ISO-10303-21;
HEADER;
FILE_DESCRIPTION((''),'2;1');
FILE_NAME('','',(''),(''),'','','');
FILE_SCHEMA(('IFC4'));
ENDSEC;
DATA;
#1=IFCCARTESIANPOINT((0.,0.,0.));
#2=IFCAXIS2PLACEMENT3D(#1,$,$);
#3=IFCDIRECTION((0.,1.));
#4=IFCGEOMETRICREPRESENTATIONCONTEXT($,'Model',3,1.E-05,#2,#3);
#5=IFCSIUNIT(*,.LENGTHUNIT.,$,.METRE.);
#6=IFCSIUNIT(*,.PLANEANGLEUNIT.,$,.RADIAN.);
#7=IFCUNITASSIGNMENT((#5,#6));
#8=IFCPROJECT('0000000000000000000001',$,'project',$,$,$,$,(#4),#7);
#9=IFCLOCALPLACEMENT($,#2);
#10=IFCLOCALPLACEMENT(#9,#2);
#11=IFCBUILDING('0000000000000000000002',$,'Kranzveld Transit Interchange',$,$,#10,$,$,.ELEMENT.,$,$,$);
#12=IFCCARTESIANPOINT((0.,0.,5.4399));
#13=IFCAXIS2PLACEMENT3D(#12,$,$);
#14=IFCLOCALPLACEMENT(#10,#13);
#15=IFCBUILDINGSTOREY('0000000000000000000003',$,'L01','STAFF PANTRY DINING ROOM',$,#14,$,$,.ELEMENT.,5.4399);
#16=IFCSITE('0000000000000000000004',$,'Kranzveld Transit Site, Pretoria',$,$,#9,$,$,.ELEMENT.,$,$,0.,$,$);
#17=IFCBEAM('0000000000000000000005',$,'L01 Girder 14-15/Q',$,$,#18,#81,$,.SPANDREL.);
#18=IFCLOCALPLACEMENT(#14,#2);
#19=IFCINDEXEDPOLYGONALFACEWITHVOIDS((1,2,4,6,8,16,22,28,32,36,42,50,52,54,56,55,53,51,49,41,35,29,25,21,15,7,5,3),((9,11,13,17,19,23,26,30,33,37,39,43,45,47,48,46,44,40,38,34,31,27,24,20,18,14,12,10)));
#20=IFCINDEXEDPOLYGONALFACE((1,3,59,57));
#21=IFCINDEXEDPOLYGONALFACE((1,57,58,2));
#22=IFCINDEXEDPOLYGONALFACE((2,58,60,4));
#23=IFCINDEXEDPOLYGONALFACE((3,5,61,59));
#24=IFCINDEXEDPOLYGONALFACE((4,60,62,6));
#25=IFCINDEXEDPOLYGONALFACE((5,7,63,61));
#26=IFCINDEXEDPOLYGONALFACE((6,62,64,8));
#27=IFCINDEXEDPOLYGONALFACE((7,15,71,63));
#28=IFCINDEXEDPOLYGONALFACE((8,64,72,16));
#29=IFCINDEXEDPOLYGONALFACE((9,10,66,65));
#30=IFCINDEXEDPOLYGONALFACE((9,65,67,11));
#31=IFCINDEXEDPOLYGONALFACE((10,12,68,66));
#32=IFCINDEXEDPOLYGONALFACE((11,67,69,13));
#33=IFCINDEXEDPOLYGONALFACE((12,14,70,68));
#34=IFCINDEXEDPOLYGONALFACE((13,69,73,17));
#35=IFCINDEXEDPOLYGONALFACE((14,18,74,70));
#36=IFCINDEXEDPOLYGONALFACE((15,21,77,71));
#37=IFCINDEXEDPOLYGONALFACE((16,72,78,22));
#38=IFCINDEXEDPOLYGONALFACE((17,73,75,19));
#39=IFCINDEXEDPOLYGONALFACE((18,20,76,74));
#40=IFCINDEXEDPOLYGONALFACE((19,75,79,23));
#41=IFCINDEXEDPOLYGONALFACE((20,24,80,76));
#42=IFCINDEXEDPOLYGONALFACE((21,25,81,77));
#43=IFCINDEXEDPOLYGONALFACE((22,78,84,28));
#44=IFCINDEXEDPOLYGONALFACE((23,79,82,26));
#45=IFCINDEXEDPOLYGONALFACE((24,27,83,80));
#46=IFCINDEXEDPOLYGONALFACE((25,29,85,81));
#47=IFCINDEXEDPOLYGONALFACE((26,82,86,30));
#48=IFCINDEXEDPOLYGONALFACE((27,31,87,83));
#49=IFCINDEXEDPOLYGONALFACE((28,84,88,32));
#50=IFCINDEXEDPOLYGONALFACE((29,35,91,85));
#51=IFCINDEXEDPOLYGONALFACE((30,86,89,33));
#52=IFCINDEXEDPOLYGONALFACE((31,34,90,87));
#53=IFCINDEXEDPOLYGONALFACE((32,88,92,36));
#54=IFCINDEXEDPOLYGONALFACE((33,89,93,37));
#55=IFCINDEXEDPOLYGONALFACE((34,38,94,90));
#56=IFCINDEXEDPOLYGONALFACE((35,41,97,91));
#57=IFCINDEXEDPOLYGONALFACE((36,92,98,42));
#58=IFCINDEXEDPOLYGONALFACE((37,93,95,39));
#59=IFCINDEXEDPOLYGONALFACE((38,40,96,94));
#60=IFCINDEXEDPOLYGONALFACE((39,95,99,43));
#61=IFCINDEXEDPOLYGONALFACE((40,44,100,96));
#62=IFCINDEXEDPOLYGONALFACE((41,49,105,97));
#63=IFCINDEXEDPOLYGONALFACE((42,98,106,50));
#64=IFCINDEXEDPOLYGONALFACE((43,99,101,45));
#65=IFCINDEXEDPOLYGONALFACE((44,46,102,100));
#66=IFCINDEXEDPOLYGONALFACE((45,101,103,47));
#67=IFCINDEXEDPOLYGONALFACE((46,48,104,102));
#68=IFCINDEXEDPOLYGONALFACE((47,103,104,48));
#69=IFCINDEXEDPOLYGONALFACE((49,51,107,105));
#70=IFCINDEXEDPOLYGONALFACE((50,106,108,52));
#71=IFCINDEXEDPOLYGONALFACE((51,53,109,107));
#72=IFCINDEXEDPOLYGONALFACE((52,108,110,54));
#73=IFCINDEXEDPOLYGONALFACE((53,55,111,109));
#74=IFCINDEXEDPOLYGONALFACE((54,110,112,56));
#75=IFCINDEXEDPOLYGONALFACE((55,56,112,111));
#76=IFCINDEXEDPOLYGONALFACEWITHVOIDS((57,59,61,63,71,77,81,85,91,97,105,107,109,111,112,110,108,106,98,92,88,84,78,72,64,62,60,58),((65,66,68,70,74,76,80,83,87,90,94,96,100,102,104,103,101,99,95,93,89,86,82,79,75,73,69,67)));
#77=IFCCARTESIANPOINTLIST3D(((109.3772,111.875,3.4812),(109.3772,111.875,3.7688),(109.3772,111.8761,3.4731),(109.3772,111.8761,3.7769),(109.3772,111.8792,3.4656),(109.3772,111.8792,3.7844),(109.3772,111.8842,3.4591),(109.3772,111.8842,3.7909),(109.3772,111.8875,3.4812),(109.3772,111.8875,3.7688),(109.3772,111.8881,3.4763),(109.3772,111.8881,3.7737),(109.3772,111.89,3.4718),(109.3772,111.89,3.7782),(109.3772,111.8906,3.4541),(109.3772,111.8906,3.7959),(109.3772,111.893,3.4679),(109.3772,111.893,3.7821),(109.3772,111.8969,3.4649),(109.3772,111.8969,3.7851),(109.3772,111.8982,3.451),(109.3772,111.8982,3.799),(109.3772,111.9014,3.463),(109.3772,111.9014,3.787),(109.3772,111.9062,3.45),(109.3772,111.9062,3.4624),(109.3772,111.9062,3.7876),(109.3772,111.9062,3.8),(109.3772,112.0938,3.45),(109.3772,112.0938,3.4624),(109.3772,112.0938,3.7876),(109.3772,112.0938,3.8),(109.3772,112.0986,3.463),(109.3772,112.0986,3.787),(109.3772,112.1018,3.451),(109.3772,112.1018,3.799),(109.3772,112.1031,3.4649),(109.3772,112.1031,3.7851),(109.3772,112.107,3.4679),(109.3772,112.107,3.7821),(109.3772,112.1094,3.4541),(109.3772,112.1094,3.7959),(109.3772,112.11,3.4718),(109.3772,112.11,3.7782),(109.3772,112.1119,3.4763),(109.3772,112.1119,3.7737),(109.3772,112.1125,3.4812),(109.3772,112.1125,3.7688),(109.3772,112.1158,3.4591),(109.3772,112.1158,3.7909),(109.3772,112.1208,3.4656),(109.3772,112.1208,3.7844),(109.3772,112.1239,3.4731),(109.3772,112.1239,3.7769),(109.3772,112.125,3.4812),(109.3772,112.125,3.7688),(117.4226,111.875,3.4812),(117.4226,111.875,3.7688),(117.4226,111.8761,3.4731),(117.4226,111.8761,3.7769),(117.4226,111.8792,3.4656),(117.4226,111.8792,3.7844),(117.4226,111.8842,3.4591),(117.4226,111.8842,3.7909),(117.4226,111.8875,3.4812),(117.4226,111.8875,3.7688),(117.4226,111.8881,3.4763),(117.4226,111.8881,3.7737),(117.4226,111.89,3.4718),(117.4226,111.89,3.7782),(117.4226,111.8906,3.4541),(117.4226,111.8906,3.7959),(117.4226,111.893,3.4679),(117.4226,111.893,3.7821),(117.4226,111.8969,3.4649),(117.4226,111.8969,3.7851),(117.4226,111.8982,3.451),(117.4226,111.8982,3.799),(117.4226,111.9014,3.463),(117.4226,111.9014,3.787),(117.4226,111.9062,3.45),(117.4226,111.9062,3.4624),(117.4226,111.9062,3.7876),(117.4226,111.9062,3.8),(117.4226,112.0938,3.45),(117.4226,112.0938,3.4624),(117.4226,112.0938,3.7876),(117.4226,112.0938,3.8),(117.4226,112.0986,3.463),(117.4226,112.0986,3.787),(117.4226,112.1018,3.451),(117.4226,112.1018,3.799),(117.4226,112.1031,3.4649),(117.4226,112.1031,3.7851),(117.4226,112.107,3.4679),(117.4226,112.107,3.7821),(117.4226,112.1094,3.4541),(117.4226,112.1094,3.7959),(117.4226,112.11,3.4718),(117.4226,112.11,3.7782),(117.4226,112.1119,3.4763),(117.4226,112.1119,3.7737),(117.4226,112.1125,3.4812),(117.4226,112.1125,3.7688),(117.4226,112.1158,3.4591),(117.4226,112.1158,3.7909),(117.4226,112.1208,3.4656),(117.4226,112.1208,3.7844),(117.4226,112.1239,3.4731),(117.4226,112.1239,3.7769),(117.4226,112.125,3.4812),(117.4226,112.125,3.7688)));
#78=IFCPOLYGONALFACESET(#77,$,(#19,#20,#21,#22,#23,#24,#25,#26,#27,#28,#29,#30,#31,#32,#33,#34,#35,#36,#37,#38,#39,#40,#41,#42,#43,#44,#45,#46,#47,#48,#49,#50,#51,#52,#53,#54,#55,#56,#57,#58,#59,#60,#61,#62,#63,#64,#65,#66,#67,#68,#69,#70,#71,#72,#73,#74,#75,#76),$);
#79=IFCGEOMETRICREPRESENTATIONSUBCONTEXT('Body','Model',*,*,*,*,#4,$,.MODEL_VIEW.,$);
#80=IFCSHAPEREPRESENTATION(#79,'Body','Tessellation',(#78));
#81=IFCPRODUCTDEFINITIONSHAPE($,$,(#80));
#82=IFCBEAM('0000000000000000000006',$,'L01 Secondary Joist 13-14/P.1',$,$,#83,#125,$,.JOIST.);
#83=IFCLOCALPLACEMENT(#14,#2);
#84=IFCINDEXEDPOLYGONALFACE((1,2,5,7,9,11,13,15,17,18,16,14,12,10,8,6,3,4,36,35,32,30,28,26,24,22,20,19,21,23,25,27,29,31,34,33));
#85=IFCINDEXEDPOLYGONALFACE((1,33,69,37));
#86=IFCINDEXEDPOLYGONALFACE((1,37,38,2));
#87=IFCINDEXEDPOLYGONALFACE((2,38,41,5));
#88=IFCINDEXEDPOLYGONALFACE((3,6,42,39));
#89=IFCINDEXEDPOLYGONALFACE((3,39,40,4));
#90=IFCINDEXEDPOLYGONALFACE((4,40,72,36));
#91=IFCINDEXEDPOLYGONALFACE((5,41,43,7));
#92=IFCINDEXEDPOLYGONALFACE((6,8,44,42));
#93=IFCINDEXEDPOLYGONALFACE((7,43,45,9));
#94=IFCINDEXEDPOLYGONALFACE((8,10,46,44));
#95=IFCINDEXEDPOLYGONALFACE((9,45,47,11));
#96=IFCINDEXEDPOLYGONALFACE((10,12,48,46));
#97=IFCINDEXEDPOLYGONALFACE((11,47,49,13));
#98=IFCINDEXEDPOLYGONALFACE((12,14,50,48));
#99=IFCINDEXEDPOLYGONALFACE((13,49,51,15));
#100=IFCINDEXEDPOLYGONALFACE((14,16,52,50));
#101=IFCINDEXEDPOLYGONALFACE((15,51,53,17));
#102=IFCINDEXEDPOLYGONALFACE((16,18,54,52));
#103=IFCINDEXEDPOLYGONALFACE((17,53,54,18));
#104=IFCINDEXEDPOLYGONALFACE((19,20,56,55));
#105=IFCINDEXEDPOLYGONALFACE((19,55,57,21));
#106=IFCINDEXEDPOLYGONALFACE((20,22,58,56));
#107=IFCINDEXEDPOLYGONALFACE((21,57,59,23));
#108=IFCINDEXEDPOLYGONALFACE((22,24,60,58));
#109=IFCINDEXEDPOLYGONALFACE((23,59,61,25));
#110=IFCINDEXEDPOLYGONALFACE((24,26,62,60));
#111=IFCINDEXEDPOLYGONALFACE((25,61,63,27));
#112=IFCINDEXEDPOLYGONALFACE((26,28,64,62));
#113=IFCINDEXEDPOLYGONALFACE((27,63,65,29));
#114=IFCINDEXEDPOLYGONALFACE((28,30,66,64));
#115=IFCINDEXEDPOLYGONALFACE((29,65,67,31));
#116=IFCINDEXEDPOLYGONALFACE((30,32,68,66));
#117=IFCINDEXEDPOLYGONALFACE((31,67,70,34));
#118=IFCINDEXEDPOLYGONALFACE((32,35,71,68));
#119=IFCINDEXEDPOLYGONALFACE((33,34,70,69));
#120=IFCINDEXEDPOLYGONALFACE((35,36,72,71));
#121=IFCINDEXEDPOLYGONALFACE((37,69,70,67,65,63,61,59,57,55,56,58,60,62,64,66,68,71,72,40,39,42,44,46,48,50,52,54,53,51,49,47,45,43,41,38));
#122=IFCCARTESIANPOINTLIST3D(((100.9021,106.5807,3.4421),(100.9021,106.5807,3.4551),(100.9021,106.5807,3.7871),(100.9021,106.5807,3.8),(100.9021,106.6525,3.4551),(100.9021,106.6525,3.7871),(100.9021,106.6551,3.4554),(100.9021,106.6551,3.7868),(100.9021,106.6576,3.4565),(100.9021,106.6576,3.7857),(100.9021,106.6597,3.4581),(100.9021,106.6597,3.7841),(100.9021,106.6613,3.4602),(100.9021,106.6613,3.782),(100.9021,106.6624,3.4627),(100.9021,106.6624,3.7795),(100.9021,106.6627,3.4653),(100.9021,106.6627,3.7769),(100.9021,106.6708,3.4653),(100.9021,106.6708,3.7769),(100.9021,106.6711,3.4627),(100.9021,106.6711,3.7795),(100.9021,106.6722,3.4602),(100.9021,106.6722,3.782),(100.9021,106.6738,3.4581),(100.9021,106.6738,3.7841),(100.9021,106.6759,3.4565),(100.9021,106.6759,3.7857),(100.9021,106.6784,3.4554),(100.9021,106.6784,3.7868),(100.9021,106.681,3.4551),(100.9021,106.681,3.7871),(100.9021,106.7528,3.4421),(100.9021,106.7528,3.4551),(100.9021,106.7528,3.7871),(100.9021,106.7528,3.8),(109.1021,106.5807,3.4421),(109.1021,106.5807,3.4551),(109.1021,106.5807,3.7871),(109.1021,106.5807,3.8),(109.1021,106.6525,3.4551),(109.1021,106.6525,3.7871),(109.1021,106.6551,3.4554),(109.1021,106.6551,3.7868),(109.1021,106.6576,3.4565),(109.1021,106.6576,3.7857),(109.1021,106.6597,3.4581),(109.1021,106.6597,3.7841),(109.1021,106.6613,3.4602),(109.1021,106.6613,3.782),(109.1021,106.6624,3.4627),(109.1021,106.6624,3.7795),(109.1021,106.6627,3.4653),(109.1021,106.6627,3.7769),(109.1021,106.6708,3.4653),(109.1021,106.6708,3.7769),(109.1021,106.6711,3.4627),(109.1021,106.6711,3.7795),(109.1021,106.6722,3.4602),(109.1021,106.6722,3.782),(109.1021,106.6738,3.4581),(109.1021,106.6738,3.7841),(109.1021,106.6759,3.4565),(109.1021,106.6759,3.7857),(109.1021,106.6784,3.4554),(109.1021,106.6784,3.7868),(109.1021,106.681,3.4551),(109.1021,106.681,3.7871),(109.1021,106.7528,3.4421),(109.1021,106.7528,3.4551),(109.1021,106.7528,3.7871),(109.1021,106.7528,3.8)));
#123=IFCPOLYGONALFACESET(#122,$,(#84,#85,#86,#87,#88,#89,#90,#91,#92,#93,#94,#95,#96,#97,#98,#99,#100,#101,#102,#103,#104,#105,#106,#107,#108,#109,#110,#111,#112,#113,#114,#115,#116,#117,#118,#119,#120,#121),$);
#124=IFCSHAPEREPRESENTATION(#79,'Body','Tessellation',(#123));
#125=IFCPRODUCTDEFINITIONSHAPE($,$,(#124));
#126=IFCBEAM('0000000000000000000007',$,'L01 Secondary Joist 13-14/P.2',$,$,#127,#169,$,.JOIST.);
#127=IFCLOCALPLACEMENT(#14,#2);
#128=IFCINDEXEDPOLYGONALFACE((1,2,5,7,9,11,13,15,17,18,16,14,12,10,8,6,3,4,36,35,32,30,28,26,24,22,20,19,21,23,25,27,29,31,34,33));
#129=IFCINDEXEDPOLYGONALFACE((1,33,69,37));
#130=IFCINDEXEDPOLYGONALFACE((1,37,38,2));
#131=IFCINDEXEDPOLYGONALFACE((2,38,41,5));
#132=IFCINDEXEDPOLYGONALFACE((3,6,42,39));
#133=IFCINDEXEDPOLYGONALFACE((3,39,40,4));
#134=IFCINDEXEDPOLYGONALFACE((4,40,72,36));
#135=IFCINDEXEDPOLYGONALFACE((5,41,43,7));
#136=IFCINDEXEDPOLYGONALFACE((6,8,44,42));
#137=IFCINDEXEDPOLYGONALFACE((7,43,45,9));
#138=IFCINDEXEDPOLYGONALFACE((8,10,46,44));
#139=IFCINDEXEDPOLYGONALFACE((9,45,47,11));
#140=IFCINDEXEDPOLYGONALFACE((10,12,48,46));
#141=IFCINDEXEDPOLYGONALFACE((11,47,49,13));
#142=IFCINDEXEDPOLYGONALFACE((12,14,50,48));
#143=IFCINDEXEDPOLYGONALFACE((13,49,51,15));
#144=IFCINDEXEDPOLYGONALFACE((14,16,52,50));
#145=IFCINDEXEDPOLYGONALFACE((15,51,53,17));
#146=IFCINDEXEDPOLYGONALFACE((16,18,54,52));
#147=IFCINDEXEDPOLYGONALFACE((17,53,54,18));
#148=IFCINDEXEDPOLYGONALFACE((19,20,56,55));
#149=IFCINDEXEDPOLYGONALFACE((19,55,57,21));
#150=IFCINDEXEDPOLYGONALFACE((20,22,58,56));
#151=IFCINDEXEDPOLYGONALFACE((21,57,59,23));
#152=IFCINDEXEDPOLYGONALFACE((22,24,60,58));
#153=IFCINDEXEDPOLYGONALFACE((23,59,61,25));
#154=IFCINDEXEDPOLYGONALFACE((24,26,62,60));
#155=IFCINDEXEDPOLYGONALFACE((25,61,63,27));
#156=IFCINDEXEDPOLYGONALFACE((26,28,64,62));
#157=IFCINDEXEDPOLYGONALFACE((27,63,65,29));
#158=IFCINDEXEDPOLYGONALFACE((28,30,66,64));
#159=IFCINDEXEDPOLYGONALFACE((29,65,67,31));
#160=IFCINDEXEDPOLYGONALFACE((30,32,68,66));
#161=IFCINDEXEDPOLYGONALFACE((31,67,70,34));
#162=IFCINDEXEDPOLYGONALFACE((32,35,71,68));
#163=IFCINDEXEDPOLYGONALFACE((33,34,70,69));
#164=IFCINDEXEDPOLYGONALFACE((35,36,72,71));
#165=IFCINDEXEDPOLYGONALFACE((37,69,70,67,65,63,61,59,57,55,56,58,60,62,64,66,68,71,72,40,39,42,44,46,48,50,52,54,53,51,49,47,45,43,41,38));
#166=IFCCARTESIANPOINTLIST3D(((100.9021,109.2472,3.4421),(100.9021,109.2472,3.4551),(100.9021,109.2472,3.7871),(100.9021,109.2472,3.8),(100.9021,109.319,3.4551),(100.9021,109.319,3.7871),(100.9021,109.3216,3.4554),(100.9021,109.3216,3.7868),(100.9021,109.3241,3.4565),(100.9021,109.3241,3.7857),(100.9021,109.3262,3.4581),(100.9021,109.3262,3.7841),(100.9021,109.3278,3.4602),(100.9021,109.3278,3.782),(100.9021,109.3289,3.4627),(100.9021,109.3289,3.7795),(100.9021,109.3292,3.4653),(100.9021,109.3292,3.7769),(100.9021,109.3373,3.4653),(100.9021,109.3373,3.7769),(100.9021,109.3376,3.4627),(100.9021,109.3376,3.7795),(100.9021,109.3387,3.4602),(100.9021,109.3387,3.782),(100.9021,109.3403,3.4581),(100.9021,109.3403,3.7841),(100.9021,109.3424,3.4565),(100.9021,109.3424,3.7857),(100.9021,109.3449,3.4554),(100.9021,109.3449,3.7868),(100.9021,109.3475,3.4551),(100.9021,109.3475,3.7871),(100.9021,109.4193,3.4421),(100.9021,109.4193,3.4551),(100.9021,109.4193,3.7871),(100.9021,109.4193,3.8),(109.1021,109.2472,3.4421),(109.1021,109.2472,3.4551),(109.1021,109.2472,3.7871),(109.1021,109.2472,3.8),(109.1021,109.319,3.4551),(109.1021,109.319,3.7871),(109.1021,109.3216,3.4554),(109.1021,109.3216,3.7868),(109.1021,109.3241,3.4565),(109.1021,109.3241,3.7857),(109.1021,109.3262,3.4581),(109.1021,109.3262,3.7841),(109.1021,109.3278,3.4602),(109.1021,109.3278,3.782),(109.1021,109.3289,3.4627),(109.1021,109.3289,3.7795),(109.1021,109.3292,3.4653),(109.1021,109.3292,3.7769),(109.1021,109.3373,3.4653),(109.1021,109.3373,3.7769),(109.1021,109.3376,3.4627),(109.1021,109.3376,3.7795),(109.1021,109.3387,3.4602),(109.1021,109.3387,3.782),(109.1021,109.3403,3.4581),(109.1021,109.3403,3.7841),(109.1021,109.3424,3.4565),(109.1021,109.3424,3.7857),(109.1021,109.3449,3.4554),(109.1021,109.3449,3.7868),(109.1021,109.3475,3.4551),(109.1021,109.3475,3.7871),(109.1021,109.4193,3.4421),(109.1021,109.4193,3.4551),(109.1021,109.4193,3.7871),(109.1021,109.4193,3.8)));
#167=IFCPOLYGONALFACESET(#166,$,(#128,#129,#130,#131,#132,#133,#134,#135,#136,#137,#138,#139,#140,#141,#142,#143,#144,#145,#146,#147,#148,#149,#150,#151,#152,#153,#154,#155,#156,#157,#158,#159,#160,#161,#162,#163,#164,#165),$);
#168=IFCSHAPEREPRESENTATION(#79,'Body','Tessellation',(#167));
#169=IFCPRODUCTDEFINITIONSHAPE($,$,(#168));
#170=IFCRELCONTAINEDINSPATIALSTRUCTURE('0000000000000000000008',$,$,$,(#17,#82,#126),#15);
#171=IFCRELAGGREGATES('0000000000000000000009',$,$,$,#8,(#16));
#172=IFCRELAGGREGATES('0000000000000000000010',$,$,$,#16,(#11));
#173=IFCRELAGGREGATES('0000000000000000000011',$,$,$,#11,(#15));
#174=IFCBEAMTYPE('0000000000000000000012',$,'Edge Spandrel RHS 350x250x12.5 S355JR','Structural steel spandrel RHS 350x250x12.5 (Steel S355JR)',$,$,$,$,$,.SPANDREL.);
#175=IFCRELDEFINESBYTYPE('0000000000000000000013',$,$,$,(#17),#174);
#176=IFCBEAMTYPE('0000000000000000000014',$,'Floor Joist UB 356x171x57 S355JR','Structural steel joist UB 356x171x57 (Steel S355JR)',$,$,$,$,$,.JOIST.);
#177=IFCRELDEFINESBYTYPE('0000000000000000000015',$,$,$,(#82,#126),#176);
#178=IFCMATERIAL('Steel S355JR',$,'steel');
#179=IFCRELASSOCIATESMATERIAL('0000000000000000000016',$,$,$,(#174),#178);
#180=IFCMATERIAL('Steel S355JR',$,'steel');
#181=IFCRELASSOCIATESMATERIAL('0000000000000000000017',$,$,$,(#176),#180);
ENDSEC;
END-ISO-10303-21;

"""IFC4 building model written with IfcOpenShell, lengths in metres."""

from ifc_helpers import new_model, si_unit, direction, frame, origin, origin_2d, place, context, subcontext, project, spatial, hollow_rectangle, i_section, extrude, material, material_profile, profile_set, type_object, element, save


model = new_model("IFC4")

# Units and contexts
model_context = context("Model", 3, precision=1e-05, world=origin(), true_north=direction((0.0, 1.0)))
body_context = subcontext(model_context, "Body", "Model", "MODEL_VIEW")
ifc_project = project(units=[si_unit("LENGTHUNIT", "METRE"), si_unit("PLANEANGLEUNIT", "RADIAN")], contexts=[model_context])

# Site, building, storey
site_placement = place(None, origin())
site = spatial("IfcSite", under=ifc_project, at=site_placement, Name="Kranzveld Transit Site, Pretoria", CompositionType="ELEMENT", RefElevation=0.0)
building_placement = place(site_placement, origin())
building = spatial("IfcBuilding", under=site, at=building_placement, Name="Kranzveld Transit Interchange", CompositionType="ELEMENT")
storey_placement = place(building_placement, frame((0.0, 0.0, 5.4399)))
storey = spatial("IfcBuildingStorey", under=building, at=storey_placement, Name="L01", Description="STAFF PANTRY DINING ROOM", CompositionType="ELEMENT", Elevation=5.4399)

# Beams
ifc_material_1 = material(Name="Steel S355JR", Category="steel")
ifc_material_profile_1 = material_profile(ifc_material_1, hollow_rectangle(XDim=0.25, YDim=0.3501, WallThickness=0.0125, InnerFilletRadius=0.0188, OuterFilletRadius=0.0312, at=origin_2d()), Name="RHS 350x250x12.5")
ifc_profile_set_1 = profile_set([ifc_material_profile_1], Name="Steel S355JR")
beam_type_1 = type_object("IfcBeamType", Name="Edge Spandrel RHS 350x250x12.5 S355JR", Description="Structural steel spandrel RHS 350x250x12.5 (Steel S355JR)", PredefinedType="SPANDREL", material=ifc_profile_set_1)
for number, where, z_axis, x_axis, name in (
    (1, (109.3772, 112.0, 3.625), (1.0, 0.0, 0.0), (0.0, 1.0, 0.0), "L01 Girder 14-15/Q"),
):
    element("IfcBeam", number, at=place(storey_placement, frame(where, z_axis=z_axis, x_axis=x_axis)), inside=storey, type_object=beam_type_1, Name=name, PredefinedType="SPANDREL", context=body_context, shape_type="SweptSolid", body=[
        extrude(hollow_rectangle(XDim=0.25, YDim=0.3501, WallThickness=0.0125, InnerFilletRadius=0.0188, OuterFilletRadius=0.0312, at=origin_2d()), origin(), (0.0, 0.0, 1.0), 8.0454),
    ])
ifc_material_2 = material(Name="Steel S355JR", Category="steel")
ifc_material_profile_2 = material_profile(ifc_material_2, i_section(OverallWidth=0.1721, OverallDepth=0.3579, WebThickness=0.0081, FlangeThickness=0.0129, FilletRadius=0.0103, at=origin_2d()), Name="UB 356x171x57")
ifc_profile_set_2 = profile_set([ifc_material_profile_2], Name="Steel S355JR")
beam_type_2 = type_object("IfcBeamType", Name="Floor Joist UB 356x171x57 S355JR", Description="Structural steel joist UB 356x171x57 (Steel S355JR)", PredefinedType="JOIST", material=ifc_profile_set_2)
for number, where, z_axis, x_axis, name in (
    (2, (100.9021, 106.6667, 3.6211), (1.0, 0.0, 0.0), (0.0, 1.0, 0.0), "L01 Secondary Joist 13-14/P.1"),
    (3, (100.9021, 109.3333, 3.6211), (1.0, 0.0, 0.0), (0.0, 1.0, 0.0), "L01 Secondary Joist 13-14/P.2"),
):
    element("IfcBeam", number, at=place(storey_placement, frame(where, z_axis=z_axis, x_axis=x_axis)), inside=storey, type_object=beam_type_2, Name=name, PredefinedType="JOIST", context=body_context, shape_type="SweptSolid", body=[
        extrude(i_section(OverallWidth=0.1721, OverallDepth=0.3579, WebThickness=0.0081, FlangeThickness=0.0129, FilletRadius=0.0103, at=origin_2d()), origin(), (0.0, 0.0, 1.0), 8.2),
    ])

save(model, "model.ifc")
